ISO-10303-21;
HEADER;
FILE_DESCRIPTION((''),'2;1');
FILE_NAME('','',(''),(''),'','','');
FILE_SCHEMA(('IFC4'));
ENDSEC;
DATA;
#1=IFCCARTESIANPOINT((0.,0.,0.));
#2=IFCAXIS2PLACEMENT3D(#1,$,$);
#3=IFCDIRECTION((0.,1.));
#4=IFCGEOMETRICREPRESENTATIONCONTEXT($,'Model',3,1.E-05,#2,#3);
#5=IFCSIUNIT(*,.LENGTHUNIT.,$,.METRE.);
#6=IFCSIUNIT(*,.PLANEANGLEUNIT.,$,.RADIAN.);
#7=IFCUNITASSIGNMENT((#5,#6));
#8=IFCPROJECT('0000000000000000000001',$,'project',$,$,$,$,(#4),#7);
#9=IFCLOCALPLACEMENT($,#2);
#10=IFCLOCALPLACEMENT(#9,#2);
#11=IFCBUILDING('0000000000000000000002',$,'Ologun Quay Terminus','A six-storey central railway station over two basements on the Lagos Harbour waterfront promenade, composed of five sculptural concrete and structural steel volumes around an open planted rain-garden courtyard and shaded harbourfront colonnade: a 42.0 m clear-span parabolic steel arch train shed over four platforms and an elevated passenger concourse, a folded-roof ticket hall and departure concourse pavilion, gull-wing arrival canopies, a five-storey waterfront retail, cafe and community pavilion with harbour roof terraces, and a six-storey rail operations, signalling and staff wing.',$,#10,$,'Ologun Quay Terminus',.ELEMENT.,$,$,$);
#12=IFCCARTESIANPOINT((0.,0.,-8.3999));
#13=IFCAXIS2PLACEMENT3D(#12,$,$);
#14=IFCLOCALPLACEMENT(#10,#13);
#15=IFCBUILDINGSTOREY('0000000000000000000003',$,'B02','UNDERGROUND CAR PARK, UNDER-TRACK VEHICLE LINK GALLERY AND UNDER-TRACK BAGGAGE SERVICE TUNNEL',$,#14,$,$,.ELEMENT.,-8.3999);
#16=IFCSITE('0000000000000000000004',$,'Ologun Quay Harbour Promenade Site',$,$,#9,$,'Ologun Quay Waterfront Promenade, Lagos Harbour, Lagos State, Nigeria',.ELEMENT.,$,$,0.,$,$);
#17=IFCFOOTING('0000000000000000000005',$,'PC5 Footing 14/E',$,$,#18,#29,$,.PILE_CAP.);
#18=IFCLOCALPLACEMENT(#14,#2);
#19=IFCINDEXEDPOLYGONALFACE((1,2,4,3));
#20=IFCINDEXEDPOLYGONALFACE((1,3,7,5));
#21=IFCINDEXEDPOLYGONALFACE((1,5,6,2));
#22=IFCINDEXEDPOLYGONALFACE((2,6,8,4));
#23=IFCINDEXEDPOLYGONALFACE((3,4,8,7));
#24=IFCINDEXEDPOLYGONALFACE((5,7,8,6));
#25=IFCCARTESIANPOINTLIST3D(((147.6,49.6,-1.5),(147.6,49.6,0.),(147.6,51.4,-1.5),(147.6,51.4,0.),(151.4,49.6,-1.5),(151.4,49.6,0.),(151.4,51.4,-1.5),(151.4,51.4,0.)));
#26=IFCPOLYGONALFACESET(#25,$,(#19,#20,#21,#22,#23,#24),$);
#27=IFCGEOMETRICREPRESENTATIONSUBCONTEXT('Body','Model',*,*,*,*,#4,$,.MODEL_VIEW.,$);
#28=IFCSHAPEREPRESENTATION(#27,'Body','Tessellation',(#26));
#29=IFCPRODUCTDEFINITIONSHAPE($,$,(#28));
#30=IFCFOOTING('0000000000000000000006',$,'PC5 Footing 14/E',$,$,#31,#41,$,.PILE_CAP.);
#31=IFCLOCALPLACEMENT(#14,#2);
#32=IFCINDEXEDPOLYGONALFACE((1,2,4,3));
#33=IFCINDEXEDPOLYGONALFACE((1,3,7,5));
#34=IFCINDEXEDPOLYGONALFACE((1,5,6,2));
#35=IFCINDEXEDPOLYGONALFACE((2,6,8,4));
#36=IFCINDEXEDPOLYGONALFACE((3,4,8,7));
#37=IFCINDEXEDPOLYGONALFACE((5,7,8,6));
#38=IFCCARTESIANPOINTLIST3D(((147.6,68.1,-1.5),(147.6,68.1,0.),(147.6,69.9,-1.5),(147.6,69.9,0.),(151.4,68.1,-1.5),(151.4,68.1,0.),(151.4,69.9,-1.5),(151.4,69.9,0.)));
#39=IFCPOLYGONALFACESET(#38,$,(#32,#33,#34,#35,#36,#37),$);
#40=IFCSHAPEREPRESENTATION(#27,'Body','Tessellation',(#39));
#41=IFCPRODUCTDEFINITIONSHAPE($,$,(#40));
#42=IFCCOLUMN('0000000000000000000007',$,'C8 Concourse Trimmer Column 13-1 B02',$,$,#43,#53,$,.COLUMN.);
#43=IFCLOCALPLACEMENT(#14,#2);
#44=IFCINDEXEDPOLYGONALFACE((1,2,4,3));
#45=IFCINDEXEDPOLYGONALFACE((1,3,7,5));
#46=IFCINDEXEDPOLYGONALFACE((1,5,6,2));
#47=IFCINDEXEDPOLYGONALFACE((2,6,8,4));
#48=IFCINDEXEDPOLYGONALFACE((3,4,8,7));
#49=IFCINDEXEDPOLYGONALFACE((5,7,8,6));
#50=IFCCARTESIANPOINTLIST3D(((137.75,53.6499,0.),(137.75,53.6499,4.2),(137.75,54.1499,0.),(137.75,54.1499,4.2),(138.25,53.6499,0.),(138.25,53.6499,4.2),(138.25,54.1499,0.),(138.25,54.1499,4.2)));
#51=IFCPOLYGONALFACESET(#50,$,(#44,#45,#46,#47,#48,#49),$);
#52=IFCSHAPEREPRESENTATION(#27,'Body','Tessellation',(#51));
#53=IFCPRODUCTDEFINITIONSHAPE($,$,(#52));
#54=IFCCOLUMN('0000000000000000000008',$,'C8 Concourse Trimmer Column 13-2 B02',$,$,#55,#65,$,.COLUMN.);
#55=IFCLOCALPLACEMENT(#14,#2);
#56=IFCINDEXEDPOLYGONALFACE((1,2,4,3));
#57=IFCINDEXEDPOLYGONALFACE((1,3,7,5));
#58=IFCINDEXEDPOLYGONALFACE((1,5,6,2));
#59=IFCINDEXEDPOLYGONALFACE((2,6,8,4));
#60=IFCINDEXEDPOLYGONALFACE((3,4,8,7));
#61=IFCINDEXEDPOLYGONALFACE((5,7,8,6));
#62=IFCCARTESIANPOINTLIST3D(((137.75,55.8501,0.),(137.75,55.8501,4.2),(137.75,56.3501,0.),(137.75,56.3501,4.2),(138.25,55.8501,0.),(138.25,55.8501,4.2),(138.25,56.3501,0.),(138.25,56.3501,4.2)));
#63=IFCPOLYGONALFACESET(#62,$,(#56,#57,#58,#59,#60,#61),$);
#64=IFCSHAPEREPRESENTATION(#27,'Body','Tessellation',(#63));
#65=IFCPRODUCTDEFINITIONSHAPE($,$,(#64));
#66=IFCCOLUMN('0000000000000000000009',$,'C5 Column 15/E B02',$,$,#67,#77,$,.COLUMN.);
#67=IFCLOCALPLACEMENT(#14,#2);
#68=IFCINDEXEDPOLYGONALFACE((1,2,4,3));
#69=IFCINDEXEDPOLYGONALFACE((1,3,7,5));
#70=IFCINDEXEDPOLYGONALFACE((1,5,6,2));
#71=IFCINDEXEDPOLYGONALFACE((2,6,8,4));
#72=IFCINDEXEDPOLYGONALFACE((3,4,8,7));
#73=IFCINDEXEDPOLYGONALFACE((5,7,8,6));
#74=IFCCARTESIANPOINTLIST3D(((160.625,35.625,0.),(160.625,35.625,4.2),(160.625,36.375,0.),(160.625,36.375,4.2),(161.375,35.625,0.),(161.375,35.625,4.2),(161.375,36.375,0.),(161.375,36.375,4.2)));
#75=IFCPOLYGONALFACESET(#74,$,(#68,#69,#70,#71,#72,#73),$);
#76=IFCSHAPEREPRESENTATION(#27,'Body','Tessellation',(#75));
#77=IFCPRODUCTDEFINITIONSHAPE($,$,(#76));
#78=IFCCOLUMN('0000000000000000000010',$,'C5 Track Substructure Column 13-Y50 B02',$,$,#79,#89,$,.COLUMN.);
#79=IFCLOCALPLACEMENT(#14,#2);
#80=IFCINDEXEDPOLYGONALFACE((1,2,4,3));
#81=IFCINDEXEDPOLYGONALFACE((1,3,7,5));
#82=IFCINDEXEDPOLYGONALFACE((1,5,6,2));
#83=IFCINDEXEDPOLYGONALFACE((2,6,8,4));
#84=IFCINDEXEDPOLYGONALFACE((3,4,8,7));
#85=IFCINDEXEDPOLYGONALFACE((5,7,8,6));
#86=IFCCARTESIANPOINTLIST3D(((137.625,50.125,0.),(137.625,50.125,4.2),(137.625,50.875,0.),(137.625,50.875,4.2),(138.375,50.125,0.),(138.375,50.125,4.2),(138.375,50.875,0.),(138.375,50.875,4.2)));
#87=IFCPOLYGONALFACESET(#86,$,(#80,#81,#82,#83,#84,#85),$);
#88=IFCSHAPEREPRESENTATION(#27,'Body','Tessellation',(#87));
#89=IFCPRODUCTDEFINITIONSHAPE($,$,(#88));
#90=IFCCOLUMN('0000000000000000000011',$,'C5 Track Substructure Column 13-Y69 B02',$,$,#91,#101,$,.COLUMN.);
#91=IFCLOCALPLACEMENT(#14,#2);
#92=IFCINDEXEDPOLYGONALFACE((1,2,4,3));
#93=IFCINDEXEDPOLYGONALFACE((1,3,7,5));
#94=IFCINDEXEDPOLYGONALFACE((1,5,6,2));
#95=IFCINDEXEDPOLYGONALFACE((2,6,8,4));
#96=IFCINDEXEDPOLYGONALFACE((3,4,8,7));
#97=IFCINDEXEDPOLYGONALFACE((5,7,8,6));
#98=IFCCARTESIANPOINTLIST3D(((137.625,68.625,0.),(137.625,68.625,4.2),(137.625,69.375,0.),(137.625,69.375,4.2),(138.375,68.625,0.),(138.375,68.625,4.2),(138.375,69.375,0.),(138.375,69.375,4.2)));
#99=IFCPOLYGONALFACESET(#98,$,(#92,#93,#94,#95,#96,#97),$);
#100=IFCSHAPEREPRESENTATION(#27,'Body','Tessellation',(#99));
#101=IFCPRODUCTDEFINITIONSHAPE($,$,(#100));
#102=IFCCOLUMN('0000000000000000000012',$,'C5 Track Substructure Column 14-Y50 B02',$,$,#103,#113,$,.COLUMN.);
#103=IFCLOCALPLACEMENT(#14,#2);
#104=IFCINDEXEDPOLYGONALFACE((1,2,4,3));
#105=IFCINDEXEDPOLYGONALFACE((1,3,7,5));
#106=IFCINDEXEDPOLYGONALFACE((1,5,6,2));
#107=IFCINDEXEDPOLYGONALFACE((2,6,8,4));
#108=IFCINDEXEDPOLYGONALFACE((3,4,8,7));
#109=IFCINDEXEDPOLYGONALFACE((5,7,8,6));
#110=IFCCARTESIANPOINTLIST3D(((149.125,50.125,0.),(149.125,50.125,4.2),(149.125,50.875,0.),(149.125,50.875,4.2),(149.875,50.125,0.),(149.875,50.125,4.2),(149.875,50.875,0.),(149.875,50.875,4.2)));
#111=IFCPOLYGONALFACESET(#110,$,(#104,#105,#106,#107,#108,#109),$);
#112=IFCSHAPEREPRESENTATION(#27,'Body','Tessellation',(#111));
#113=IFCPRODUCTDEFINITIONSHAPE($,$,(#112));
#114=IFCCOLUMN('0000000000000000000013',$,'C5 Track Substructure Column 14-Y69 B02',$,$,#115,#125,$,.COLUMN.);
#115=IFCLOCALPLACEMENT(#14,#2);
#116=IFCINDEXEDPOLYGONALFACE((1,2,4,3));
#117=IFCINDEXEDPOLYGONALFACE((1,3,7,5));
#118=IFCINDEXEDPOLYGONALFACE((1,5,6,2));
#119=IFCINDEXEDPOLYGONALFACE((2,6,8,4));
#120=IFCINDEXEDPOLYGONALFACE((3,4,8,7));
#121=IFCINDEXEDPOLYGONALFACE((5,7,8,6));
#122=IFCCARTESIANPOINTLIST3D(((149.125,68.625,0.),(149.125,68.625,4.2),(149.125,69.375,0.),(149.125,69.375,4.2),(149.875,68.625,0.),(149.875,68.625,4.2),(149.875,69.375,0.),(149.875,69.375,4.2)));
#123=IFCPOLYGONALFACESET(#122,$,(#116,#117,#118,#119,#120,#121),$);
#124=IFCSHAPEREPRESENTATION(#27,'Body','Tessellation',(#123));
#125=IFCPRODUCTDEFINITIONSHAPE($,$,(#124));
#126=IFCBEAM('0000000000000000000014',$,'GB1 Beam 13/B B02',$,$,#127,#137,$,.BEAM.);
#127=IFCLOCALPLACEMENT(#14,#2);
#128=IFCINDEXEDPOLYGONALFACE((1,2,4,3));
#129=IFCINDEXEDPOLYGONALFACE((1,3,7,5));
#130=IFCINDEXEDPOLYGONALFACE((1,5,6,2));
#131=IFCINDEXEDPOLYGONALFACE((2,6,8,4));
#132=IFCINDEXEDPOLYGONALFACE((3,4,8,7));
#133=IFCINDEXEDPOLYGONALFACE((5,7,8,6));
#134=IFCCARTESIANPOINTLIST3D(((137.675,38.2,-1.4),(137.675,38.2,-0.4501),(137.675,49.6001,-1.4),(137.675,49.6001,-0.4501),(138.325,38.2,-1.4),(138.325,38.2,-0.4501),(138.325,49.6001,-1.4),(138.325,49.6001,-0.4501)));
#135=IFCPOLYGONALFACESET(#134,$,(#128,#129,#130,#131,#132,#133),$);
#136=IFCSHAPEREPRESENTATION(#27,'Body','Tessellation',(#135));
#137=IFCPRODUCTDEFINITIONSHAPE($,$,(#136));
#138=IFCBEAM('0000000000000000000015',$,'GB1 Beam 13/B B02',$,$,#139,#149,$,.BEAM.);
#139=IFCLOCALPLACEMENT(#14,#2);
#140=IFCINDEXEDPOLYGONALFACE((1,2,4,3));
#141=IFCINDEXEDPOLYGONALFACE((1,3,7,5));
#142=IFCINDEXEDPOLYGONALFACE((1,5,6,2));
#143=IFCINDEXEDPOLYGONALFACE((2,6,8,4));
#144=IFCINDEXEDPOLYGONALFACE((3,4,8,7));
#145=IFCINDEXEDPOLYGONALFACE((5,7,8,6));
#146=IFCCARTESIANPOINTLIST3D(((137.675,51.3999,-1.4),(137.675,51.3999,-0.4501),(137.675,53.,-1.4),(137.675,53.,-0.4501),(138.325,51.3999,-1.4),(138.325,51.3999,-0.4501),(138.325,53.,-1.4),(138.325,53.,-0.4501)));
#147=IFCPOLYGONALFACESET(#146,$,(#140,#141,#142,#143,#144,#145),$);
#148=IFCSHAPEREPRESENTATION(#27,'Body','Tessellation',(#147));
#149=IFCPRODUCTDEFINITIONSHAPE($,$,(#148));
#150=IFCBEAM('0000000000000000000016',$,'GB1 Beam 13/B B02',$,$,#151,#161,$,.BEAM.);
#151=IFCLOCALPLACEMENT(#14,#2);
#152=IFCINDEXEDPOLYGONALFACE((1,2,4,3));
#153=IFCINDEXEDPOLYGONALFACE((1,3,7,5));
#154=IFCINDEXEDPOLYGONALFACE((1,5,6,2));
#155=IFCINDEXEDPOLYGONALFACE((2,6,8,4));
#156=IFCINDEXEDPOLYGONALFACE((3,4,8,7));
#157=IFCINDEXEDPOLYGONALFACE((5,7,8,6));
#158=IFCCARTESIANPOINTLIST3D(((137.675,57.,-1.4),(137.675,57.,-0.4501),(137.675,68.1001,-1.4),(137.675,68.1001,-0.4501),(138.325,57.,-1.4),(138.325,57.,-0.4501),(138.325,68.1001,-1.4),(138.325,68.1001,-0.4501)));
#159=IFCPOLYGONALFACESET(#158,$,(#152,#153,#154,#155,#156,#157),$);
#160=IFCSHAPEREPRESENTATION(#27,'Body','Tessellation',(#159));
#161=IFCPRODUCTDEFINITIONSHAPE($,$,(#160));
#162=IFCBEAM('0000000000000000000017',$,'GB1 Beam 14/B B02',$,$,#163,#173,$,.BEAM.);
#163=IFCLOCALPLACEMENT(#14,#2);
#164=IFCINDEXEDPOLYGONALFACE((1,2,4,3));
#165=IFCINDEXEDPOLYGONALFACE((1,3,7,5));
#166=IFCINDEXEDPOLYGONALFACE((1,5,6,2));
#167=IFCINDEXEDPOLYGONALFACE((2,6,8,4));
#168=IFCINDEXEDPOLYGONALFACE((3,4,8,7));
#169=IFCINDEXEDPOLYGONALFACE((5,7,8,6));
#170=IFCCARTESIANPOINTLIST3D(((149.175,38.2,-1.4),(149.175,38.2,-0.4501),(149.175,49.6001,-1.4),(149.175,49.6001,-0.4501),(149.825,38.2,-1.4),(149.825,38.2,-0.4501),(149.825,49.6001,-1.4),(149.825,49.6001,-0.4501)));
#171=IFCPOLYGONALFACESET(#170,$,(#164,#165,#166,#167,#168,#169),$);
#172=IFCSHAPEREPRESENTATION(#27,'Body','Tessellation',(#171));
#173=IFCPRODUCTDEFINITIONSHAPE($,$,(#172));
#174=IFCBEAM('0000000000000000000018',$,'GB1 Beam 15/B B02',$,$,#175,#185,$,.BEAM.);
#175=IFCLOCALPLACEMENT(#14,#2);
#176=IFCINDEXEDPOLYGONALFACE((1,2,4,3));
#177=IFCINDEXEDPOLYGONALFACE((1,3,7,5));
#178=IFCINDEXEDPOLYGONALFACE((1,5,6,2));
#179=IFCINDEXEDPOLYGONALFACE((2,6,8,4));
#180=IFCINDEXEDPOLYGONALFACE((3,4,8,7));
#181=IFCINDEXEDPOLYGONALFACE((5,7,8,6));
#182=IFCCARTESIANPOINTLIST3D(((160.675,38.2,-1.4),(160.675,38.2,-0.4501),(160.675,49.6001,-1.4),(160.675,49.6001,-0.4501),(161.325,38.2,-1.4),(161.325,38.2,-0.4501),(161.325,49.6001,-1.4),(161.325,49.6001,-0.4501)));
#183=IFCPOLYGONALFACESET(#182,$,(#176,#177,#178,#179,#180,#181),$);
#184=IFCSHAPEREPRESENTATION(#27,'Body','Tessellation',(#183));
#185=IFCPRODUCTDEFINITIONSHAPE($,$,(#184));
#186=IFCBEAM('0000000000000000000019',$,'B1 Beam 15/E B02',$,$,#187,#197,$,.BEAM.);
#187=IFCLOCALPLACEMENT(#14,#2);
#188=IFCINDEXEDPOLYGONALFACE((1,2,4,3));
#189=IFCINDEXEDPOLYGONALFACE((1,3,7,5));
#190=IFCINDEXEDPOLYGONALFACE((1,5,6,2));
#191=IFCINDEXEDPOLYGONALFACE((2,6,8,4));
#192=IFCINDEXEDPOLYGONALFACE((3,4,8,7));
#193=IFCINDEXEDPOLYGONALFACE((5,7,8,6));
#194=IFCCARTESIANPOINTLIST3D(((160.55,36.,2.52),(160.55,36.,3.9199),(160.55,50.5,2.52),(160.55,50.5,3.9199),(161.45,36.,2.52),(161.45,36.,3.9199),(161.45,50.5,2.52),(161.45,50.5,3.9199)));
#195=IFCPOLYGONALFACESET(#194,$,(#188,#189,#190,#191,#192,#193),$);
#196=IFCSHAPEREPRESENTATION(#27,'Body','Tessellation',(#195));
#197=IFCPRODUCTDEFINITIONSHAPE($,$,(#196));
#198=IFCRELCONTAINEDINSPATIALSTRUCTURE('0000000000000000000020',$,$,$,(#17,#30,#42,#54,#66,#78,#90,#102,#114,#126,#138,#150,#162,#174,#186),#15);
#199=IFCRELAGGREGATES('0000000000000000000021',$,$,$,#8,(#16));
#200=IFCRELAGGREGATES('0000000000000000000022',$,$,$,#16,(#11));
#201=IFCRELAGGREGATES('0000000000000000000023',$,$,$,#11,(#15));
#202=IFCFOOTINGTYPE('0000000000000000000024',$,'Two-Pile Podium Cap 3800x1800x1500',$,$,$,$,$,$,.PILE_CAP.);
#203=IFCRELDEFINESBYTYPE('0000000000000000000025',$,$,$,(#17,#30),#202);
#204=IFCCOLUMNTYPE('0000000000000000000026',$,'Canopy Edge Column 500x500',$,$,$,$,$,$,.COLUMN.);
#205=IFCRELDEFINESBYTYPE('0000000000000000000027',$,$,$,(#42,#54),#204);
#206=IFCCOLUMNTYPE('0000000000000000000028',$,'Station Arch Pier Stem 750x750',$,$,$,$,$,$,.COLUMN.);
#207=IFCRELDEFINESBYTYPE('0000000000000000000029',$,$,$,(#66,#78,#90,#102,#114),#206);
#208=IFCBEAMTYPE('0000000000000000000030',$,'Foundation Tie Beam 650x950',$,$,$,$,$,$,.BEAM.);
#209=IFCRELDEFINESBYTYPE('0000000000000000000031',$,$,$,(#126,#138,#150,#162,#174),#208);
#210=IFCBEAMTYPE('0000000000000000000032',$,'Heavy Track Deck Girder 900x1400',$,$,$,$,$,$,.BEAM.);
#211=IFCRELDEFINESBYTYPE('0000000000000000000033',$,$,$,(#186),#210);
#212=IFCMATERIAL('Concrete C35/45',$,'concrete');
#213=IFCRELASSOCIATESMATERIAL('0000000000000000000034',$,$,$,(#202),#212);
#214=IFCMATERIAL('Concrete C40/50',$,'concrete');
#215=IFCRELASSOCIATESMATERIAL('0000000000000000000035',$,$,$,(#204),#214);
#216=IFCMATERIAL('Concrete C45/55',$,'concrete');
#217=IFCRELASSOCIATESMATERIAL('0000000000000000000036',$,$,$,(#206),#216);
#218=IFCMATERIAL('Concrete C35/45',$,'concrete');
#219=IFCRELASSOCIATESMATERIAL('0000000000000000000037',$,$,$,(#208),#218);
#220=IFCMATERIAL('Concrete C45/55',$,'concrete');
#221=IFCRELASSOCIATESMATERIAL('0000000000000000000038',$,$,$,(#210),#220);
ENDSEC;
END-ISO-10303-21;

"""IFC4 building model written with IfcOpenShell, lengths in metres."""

from ifc_helpers import new_model, si_unit, direction, frame, origin, origin_2d, place, context, subcontext, project, spatial, rectangle, extrude, material, material_profile, profile_set, type_object, element, save


model = new_model("IFC4")

# Units and contexts
model_context = context("Model", 3, precision=1e-05, world=origin(), true_north=direction((0.0, 1.0)))
body_context = subcontext(model_context, "Body", "Model", "MODEL_VIEW")
ifc_project = project(units=[si_unit("LENGTHUNIT", "METRE"), si_unit("PLANEANGLEUNIT", "RADIAN")], contexts=[model_context])

# Site, building, storey
site_placement = place(None, origin())
site = spatial("IfcSite", under=ifc_project, at=site_placement, Name="Ologun Quay Harbour Promenade Site", LongName="Ologun Quay Waterfront Promenade, Lagos Harbour, Lagos State, Nigeria", CompositionType="ELEMENT", RefElevation=0.0)
building_placement = place(site_placement, origin())
building = spatial("IfcBuilding", under=site, at=building_placement, Name="Ologun Quay Terminus", Description="A six-storey central railway station over two basements on the Lagos Harbour waterfront promenade, composed of five sculptural concrete and structural steel volumes around an open planted rain-garden courtyard and shaded harbourfront colonnade: a 42.0 m clear-span parabolic steel arch train shed over four platforms and an elevated passenger concourse, a folded-roof ticket hall and departure concourse pavilion, gull-wing arrival canopies, a five-storey waterfront retail, cafe and community pavilion with harbour roof terraces, and a six-storey rail operations, signalling and staff wing.", LongName="Ologun Quay Terminus", CompositionType="ELEMENT")
storey_placement = place(building_placement, frame((0.0, 0.0, -8.3999)))
storey = spatial("IfcBuildingStorey", under=building, at=storey_placement, Name="B02", Description="UNDERGROUND CAR PARK, UNDER-TRACK VEHICLE LINK GALLERY AND UNDER-TRACK BAGGAGE SERVICE TUNNEL", CompositionType="ELEMENT", Elevation=-8.3999)

# Footings
ifc_material_1 = material(Name="Concrete C35/45", Category="concrete")
footing_type_1 = type_object("IfcFootingType", Name="Two-Pile Podium Cap 3800x1800x1500", PredefinedType="PILE_CAP", material=ifc_material_1)
for number, where, z_axis, x_axis, name in (
    (1, (149.5, 50.5, -1.5), (0.0, 0.0, 1.0), (1.0, 0.0, 0.0), "PC5 Footing 14/E"),
    (2, (149.5, 69.0, -1.5), (0.0, 0.0, 1.0), (1.0, 0.0, 0.0), "PC5 Footing 14/E"),
):
    element("IfcFooting", number, at=place(storey_placement, frame(where, z_axis=z_axis, x_axis=x_axis)), inside=storey, type_object=footing_type_1, Name=name, PredefinedType="PILE_CAP", context=body_context, shape_type="SweptSolid", body=[
        extrude(rectangle(XDim=3.8, YDim=1.8, at=origin_2d()), origin(), (0.0, 0.0, 1.0), 1.5),
    ])

# Columns
ifc_material_2 = material(Name="Concrete C40/50", Category="concrete")
ifc_material_profile_1 = material_profile(ifc_material_2, rectangle(XDim=0.5, YDim=0.5, at=origin_2d()), Name="RC 500x500")
ifc_profile_set_1 = profile_set([ifc_material_profile_1], Name="Concrete C40/50")
column_type_1 = type_object("IfcColumnType", Name="Canopy Edge Column 500x500", PredefinedType="COLUMN", material=ifc_profile_set_1)
for number, where, z_axis, x_axis, name in (
    (3, (138.0, 53.8999, 0.0), (0.0, 0.0, 1.0), (1.0, 0.0, 0.0), "C8 Concourse Trimmer Column 13-1 B02"),
    (4, (138.0, 56.1001, 0.0), (0.0, 0.0, 1.0), (1.0, 0.0, 0.0), "C8 Concourse Trimmer Column 13-2 B02"),
):
    element("IfcColumn", number, at=place(storey_placement, frame(where, z_axis=z_axis, x_axis=x_axis)), inside=storey, type_object=column_type_1, Name=name, PredefinedType="COLUMN", context=body_context, shape_type="SweptSolid", body=[
        extrude(rectangle(XDim=0.5, YDim=0.5, at=origin_2d()), origin(), (0.0, 0.0, 1.0), 4.2),
    ])
ifc_material_3 = material(Name="Concrete C45/55", Category="concrete")
ifc_material_profile_2 = material_profile(ifc_material_3, rectangle(XDim=0.75, YDim=0.75, at=origin_2d()), Name="RC 750x750")
ifc_profile_set_2 = profile_set([ifc_material_profile_2], Name="Concrete C45/55")
column_type_2 = type_object("IfcColumnType", Name="Station Arch Pier Stem 750x750", PredefinedType="COLUMN", material=ifc_profile_set_2)
for number, where, z_axis, x_axis, name in (
    (5, (161.0, 36.0, 0.0), (0.0, 0.0, 1.0), (1.0, 0.0, 0.0), "C5 Column 15/E B02"),
    (6, (138.0, 50.5, 0.0), (0.0, 0.0, 1.0), (1.0, 0.0, 0.0), "C5 Track Substructure Column 13-Y50 B02"),
    (7, (138.0, 69.0, 0.0), (0.0, 0.0, 1.0), (1.0, 0.0, 0.0), "C5 Track Substructure Column 13-Y69 B02"),
    (8, (149.5, 50.5, 0.0), (0.0, 0.0, 1.0), (1.0, 0.0, 0.0), "C5 Track Substructure Column 14-Y50 B02"),
    (9, (149.5, 69.0, 0.0), (0.0, 0.0, 1.0), (1.0, 0.0, 0.0), "C5 Track Substructure Column 14-Y69 B02"),
):
    element("IfcColumn", number, at=place(storey_placement, frame(where, z_axis=z_axis, x_axis=x_axis)), inside=storey, type_object=column_type_2, Name=name, PredefinedType="COLUMN", context=body_context, shape_type="SweptSolid", body=[
        extrude(rectangle(XDim=0.75, YDim=0.75, at=origin_2d()), origin(), (0.0, 0.0, 1.0), 4.2),
    ])

# Beams
ifc_material_4 = material(Name="Concrete C35/45", Category="concrete")
ifc_material_profile_3 = material_profile(ifc_material_4, rectangle(XDim=0.6499, YDim=0.95, at=origin_2d()), Name="RC 650x950")
ifc_profile_set_3 = profile_set([ifc_material_profile_3], Name="Concrete C35/45")
beam_type_1 = type_object("IfcBeamType", Name="Foundation Tie Beam 650x950", PredefinedType="BEAM", material=ifc_profile_set_3)
beam_1_placement = place(storey_placement, frame((138.0, 38.2, -0.925), z_axis=(0.0, 1.0, 0.0), x_axis=(-1.0, 0.0, 0.0)))
element("IfcBeam", 10, at=beam_1_placement, inside=storey, type_object=beam_type_1, Name="GB1 Beam 13/B B02", PredefinedType="BEAM", context=body_context, shape_type="SweptSolid", body=[
    extrude(rectangle(XDim=0.6499, YDim=0.95, at=origin_2d()), origin(), (0.0, 0.0, 1.0), 11.4001),
])
beam_2_placement = place(storey_placement, frame((138.0, 51.3999, -0.925), z_axis=(0.0, 1.0, 0.0), x_axis=(-1.0, 0.0, 0.0)))
element("IfcBeam", 11, at=beam_2_placement, inside=storey, type_object=beam_type_1, Name="GB1 Beam 13/B B02", PredefinedType="BEAM", context=body_context, shape_type="SweptSolid", body=[
    extrude(rectangle(XDim=0.6499, YDim=0.95, at=origin_2d()), origin(), (0.0, 0.0, 1.0), 1.6001),
])
beam_3_placement = place(storey_placement, frame((138.0, 57.0, -0.925), z_axis=(0.0, 1.0, 0.0), x_axis=(-1.0, 0.0, 0.0)))
element("IfcBeam", 12, at=beam_3_placement, inside=storey, type_object=beam_type_1, Name="GB1 Beam 13/B B02", PredefinedType="BEAM", context=body_context, shape_type="SweptSolid", body=[
    extrude(rectangle(XDim=0.6499, YDim=0.95, at=origin_2d()), origin(), (0.0, 0.0, 1.0), 11.1001),
])
for number, where, z_axis, x_axis, name in (
    (13, (149.5, 38.2, -0.925), (0.0, 1.0, 0.0), (-1.0, 0.0, 0.0), "GB1 Beam 14/B B02"),
    (14, (161.0, 38.2, -0.925), (0.0, 1.0, 0.0), (-1.0, 0.0, 0.0), "GB1 Beam 15/B B02"),
):
    element("IfcBeam", number, at=place(storey_placement, frame(where, z_axis=z_axis, x_axis=x_axis)), inside=storey, type_object=beam_type_1, Name=name, PredefinedType="BEAM", context=body_context, shape_type="SweptSolid", body=[
        extrude(rectangle(XDim=0.6499, YDim=0.95, at=origin_2d()), origin(), (0.0, 0.0, 1.0), 11.4001),
    ])
ifc_material_5 = material(Name="Concrete C45/55", Category="concrete")
ifc_material_profile_4 = material_profile(ifc_material_5, rectangle(XDim=0.8999, YDim=1.3999, at=origin_2d()), Name="RC 900x1400")
ifc_profile_set_4 = profile_set([ifc_material_profile_4], Name="Concrete C45/55")
beam_type_2 = type_object("IfcBeamType", Name="Heavy Track Deck Girder 900x1400", PredefinedType="BEAM", material=ifc_profile_set_4)
beam_4_placement = place(storey_placement, frame((161.0, 36.0, 3.22), z_axis=(0.0, 1.0, 0.0), x_axis=(-1.0, 0.0, 0.0)))
element("IfcBeam", 15, at=beam_4_placement, inside=storey, type_object=beam_type_2, Name="B1 Beam 15/E B02", PredefinedType="BEAM", context=body_context, shape_type="SweptSolid", body=[
    extrude(rectangle(XDim=0.8999, YDim=1.3999, at=origin_2d()), origin(), (0.0, 0.0, 1.0), 14.5),
])

save(model, "model.ifc")
